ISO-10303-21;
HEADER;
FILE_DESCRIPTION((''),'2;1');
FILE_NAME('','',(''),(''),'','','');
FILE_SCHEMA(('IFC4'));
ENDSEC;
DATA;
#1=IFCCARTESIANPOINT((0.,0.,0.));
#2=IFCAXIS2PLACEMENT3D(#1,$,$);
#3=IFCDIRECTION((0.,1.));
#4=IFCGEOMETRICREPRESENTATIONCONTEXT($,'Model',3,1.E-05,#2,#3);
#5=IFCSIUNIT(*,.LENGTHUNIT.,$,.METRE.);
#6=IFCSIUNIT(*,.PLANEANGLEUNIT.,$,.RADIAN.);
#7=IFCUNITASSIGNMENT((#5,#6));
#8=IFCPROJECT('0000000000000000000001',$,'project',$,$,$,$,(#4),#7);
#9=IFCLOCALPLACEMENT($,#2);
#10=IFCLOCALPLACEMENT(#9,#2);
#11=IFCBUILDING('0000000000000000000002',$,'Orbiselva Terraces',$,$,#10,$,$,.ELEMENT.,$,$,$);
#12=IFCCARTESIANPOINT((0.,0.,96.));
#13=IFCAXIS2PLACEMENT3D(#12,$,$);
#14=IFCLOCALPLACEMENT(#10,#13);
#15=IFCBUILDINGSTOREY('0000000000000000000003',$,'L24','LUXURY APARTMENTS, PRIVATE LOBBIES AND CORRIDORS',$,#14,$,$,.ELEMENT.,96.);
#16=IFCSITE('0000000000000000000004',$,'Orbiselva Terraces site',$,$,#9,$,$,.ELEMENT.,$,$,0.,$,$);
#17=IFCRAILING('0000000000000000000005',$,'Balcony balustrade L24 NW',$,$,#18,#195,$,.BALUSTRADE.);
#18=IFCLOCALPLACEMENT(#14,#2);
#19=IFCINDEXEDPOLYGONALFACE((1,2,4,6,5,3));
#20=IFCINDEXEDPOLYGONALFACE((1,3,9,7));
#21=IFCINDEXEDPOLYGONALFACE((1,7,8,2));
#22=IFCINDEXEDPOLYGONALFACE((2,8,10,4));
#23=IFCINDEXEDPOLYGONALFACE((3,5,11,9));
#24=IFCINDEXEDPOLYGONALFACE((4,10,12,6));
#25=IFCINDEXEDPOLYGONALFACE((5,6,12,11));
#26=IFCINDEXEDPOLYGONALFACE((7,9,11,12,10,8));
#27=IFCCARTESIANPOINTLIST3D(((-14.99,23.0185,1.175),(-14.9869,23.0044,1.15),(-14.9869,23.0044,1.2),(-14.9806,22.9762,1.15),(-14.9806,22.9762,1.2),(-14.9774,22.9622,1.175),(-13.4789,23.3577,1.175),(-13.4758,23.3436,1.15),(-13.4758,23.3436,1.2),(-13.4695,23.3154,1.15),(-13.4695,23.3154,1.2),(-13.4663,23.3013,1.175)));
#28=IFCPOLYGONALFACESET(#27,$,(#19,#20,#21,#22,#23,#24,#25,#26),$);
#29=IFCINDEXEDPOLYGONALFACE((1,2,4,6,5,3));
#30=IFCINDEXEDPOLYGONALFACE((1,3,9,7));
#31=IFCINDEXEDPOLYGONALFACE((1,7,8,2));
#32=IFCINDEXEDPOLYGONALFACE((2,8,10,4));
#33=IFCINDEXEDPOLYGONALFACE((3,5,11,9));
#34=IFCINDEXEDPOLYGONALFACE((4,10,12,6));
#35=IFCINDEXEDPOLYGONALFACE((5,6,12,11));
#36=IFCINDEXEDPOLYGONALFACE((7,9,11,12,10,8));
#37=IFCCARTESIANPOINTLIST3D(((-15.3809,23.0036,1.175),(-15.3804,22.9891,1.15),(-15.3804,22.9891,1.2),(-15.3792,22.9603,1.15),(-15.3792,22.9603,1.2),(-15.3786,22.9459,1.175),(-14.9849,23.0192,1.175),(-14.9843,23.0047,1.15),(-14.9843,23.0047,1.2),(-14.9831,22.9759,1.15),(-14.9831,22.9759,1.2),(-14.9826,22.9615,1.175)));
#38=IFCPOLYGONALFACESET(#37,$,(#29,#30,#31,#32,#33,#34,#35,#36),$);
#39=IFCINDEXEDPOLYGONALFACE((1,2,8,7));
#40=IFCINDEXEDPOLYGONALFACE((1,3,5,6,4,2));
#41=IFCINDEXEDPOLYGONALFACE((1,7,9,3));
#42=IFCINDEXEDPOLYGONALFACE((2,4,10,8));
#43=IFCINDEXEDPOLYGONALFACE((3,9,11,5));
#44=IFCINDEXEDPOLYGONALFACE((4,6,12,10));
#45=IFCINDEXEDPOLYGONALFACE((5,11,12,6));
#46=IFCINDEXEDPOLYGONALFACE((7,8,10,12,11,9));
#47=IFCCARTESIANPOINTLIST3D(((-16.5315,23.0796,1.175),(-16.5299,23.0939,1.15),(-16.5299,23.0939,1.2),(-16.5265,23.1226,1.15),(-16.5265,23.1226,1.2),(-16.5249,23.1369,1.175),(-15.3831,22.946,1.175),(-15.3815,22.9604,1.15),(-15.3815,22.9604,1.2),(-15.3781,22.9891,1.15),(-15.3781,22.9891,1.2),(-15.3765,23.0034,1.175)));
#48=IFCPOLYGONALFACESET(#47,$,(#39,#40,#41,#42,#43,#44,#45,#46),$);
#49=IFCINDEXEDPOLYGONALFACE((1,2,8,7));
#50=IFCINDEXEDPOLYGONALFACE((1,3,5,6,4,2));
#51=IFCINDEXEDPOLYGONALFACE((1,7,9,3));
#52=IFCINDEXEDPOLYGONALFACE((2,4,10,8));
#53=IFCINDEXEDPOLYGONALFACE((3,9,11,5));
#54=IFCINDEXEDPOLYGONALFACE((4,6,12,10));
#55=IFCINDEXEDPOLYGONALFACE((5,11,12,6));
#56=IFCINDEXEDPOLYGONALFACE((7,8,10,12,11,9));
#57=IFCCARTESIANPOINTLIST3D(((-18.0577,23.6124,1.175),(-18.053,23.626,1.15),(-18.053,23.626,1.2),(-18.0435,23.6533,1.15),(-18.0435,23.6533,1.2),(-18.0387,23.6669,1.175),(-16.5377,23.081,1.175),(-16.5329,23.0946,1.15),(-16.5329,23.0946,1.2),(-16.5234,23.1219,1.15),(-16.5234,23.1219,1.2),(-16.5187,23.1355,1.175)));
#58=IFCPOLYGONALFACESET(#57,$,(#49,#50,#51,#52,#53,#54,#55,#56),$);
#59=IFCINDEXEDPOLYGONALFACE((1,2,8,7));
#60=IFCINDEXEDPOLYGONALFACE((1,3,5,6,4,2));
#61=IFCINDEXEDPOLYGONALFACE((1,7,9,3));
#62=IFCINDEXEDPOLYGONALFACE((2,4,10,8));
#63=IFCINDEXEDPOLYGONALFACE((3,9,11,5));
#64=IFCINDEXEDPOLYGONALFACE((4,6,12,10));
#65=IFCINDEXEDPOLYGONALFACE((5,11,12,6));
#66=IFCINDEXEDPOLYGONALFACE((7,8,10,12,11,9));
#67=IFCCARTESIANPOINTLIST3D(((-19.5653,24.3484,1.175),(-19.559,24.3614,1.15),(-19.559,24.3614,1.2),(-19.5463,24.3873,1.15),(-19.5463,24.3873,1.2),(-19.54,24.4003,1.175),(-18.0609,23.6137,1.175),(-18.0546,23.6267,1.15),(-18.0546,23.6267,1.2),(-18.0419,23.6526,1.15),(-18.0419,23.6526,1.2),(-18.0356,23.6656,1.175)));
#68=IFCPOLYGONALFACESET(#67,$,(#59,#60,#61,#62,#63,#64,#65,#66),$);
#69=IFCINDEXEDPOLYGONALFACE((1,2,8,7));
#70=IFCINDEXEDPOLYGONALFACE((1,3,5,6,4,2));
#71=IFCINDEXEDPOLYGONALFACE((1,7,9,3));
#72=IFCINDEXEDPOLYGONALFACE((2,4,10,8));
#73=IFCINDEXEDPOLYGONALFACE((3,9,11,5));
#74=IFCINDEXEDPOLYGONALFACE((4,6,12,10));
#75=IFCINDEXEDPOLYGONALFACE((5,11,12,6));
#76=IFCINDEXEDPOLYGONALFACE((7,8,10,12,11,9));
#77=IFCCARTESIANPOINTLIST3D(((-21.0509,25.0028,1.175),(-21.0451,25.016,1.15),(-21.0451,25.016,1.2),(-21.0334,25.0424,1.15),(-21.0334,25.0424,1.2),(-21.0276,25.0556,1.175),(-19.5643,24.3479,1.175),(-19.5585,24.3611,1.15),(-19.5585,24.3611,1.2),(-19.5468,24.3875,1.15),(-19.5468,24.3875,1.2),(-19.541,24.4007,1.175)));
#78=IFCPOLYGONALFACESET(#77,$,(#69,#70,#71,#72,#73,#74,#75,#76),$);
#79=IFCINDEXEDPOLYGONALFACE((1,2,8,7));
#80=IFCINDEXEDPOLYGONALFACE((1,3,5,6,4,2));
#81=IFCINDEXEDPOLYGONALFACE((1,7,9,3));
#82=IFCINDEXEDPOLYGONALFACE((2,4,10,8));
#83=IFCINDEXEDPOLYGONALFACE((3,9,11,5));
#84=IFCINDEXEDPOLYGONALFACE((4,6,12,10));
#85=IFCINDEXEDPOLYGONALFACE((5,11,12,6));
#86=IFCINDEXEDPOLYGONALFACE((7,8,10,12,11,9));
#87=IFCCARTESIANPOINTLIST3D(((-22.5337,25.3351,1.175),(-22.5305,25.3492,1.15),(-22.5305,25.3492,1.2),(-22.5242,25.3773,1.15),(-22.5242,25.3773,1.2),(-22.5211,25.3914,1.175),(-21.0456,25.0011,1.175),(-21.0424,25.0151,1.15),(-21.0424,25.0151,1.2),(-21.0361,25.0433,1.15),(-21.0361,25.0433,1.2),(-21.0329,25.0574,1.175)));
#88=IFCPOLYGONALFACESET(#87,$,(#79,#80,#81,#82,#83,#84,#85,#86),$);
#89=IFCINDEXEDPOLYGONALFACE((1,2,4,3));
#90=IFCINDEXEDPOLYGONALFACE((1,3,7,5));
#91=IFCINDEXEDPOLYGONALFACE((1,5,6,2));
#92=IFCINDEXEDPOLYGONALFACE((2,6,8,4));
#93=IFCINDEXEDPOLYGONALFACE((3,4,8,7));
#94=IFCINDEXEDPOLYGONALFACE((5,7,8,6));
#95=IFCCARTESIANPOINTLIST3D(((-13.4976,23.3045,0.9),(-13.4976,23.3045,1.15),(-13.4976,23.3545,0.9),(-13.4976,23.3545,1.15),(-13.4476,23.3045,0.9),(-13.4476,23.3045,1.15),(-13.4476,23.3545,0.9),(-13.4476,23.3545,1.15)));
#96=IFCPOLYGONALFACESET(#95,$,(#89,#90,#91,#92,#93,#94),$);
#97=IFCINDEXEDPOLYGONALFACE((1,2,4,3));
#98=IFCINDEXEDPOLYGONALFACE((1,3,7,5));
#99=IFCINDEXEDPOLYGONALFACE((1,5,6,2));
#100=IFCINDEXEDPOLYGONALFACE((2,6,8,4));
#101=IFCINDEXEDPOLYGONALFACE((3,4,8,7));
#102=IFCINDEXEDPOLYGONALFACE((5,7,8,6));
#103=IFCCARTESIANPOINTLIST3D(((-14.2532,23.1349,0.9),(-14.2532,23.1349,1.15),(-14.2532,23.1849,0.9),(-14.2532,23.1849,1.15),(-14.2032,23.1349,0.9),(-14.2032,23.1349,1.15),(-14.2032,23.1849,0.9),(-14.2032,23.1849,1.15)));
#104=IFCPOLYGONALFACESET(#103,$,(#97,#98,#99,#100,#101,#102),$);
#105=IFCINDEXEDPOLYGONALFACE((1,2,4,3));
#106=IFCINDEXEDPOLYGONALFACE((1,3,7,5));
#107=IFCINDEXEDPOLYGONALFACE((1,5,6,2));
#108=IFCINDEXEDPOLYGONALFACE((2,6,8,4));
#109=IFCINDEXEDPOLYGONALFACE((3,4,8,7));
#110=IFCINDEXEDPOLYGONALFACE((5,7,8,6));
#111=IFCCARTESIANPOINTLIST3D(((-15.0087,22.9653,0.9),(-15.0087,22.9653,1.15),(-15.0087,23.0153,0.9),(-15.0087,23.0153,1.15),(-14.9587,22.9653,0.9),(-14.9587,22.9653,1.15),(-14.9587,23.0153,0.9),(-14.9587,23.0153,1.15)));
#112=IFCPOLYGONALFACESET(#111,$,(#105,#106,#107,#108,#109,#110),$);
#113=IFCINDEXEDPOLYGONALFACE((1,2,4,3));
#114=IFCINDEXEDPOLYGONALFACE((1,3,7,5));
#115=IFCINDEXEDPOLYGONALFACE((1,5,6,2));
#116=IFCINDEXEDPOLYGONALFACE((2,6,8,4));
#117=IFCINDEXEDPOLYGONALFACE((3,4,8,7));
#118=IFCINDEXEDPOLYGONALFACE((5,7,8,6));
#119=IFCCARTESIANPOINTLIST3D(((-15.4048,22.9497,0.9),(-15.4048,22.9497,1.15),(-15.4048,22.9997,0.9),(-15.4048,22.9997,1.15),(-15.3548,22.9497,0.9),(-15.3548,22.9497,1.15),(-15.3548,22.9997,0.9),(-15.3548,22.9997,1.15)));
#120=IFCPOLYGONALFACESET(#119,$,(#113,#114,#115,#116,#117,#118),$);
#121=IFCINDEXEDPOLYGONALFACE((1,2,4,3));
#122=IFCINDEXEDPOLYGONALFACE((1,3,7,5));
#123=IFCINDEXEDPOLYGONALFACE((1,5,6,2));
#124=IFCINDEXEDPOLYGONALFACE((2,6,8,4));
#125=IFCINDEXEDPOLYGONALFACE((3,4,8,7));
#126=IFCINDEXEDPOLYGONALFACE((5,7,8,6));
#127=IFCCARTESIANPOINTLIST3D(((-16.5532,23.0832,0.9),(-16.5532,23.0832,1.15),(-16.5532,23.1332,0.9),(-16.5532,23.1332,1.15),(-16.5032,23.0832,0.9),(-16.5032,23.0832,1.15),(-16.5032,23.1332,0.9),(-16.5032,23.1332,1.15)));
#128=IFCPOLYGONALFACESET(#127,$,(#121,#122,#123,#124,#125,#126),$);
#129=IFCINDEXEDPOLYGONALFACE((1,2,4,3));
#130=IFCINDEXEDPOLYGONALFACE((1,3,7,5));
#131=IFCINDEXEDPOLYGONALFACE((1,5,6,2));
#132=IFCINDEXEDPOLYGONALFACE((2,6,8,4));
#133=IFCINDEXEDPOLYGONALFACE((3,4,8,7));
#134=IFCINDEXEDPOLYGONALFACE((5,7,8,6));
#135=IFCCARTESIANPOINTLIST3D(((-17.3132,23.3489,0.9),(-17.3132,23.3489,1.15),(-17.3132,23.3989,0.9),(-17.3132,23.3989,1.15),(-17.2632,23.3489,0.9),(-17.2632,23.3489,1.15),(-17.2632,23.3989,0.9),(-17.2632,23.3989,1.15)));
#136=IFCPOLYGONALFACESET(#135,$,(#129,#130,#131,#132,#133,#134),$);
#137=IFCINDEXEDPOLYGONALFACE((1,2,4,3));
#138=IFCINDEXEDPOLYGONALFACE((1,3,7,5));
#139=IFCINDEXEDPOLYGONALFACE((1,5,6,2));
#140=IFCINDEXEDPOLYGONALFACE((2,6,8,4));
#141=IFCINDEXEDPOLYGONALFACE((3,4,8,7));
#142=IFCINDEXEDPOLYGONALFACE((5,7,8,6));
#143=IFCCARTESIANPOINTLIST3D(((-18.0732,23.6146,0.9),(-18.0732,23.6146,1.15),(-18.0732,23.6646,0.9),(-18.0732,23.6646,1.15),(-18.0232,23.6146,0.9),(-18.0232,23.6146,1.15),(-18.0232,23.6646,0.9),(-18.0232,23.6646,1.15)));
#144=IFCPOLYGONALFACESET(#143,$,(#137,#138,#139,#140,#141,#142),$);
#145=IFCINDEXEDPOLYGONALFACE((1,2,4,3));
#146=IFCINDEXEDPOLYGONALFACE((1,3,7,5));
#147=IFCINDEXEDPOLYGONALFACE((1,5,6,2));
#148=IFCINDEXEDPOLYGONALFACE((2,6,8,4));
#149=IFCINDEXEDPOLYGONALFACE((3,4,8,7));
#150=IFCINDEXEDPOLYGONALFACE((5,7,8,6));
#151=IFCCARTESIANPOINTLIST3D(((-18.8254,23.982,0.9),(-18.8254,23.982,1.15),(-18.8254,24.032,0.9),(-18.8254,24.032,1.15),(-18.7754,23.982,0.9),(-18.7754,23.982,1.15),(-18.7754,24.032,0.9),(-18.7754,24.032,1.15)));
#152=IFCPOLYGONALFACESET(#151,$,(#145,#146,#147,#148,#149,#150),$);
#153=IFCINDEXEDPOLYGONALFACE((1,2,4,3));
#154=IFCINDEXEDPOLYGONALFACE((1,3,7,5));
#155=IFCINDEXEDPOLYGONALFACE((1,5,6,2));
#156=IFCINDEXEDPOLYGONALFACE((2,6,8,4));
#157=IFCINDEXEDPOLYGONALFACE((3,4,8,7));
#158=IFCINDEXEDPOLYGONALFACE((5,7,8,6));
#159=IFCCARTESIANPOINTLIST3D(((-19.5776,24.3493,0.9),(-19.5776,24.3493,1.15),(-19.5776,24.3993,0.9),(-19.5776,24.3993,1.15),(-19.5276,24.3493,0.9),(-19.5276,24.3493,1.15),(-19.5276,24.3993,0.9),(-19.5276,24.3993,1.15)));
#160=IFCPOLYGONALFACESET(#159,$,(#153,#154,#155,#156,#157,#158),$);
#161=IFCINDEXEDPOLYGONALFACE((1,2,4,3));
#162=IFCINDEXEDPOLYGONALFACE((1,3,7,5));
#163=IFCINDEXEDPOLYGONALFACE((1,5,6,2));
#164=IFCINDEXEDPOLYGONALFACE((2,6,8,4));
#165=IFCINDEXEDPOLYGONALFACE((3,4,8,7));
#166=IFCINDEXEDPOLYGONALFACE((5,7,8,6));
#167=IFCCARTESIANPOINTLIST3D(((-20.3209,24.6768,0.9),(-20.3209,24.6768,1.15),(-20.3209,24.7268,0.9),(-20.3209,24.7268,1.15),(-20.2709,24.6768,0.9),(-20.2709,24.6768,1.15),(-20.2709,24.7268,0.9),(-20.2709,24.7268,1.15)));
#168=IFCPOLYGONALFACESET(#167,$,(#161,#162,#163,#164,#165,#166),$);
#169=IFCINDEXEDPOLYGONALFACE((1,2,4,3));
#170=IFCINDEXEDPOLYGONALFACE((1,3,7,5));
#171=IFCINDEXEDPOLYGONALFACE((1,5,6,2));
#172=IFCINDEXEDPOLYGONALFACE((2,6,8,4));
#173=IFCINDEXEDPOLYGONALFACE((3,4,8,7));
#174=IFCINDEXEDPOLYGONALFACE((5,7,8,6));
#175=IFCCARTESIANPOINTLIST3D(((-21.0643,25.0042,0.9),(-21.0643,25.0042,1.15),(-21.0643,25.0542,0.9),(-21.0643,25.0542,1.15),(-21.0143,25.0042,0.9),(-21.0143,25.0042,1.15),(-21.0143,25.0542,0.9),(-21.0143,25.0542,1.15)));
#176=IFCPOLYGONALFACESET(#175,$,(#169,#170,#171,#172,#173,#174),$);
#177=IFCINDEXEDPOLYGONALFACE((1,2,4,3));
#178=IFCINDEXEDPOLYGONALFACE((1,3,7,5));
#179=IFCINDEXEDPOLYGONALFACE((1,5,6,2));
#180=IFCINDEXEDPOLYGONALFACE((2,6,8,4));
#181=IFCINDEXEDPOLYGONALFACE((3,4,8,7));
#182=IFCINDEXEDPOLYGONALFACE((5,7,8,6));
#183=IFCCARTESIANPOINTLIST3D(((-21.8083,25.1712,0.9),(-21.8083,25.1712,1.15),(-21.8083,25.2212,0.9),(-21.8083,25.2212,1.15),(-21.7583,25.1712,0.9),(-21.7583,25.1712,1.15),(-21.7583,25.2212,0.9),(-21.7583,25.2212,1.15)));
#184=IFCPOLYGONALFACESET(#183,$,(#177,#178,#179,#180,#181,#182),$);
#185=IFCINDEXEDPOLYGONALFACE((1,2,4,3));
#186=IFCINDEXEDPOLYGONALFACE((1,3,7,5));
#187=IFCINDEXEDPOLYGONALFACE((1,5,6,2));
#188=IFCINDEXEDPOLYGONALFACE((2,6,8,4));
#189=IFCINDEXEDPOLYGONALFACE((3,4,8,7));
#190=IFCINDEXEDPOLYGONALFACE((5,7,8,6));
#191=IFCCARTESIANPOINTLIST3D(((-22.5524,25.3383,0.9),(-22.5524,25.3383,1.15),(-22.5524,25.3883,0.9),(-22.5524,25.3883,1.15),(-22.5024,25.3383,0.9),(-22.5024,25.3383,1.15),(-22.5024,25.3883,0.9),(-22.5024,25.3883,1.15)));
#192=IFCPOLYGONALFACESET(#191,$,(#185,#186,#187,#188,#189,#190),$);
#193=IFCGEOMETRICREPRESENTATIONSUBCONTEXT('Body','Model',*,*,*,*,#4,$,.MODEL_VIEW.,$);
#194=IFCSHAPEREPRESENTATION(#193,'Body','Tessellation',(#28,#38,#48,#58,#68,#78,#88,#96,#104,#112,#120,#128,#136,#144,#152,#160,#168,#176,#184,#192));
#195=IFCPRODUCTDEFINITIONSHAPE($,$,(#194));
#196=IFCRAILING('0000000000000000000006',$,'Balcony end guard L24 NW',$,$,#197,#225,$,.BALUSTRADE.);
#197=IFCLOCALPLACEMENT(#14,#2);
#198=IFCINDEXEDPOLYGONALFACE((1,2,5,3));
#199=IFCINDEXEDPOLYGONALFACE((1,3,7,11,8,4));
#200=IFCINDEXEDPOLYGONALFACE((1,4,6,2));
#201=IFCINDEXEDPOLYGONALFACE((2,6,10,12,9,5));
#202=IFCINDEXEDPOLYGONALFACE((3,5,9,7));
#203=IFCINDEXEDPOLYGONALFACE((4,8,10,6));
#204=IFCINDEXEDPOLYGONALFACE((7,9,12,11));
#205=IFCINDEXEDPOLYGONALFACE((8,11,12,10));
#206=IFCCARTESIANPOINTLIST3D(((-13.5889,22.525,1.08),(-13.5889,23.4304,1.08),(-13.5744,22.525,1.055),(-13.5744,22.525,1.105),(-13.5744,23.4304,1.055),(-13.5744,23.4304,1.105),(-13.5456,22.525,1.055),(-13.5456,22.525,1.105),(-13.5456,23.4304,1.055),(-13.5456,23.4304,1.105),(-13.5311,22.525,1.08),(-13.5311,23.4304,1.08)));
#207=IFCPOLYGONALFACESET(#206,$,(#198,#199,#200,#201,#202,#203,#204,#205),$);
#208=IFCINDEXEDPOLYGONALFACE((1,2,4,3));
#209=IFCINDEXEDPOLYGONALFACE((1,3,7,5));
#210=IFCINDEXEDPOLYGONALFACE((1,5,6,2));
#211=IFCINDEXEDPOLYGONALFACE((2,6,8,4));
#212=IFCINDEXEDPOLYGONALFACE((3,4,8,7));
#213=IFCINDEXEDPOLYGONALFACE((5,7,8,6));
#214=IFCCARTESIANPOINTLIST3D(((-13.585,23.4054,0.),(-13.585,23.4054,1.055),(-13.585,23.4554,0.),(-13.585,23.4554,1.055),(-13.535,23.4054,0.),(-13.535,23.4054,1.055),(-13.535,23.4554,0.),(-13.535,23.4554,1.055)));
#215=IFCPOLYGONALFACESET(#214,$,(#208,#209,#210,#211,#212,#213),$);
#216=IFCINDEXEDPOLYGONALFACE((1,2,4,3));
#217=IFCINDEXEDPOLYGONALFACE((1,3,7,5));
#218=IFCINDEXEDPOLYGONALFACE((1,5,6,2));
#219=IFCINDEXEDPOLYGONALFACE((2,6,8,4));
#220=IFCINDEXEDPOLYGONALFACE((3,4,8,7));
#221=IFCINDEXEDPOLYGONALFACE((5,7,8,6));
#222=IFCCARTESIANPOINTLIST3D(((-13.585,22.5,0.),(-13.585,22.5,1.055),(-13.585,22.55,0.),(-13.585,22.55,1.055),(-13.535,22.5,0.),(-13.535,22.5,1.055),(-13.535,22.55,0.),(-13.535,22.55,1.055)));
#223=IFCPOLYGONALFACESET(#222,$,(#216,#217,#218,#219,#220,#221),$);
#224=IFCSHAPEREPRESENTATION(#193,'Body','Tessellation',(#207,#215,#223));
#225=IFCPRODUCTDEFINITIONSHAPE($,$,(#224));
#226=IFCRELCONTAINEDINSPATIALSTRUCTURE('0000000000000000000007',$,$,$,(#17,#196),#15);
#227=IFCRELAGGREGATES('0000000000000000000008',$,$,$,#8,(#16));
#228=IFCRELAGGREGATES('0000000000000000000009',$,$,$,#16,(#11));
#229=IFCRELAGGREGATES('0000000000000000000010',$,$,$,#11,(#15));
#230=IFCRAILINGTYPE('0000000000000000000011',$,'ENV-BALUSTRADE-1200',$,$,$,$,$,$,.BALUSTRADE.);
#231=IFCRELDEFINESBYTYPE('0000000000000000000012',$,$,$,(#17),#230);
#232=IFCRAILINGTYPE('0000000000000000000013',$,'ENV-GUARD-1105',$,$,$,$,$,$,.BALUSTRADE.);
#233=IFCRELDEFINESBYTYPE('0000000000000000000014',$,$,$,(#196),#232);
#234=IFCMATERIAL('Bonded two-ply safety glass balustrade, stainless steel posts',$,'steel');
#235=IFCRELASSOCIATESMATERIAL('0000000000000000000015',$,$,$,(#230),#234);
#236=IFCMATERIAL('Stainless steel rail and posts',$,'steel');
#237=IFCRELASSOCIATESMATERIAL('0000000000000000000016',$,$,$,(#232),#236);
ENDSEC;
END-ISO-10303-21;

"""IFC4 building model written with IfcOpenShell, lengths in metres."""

from ifc_helpers import new_model, si_unit, direction, frame, origin, origin_2d, place, context, subcontext, project, spatial, polyline, rectangle, outline, extrude, material, type_object, element, save


model = new_model("IFC4")

# Units and contexts
model_context = context("Model", 3, precision=1e-05, world=origin(), true_north=direction((0.0, 1.0)))
body_context = subcontext(model_context, "Body", "Model", "MODEL_VIEW")
ifc_project = project(units=[si_unit("LENGTHUNIT", "METRE"), si_unit("PLANEANGLEUNIT", "RADIAN")], contexts=[model_context])

# Site, building, storey
site_placement = place(None, origin())
site = spatial("IfcSite", under=ifc_project, at=site_placement, Name="Orbiselva Terraces site", CompositionType="ELEMENT", RefElevation=0.0)
building_placement = place(site_placement, origin())
building = spatial("IfcBuilding", under=site, at=building_placement, Name="Orbiselva Terraces", CompositionType="ELEMENT")
storey_placement = place(building_placement, frame((0.0, 0.0, 96.0)))
storey = spatial("IfcBuildingStorey", under=building, at=storey_placement, Name="L24", Description="LUXURY APARTMENTS, PRIVATE LOBBIES AND CORRIDORS", CompositionType="ELEMENT", Elevation=96.0)

# Railings
ifc_material_1 = material(Name="Bonded two-ply safety glass balustrade, stainless steel posts", Category="steel")
railing_type_1 = type_object("IfcRailingType", Name="ENV-BALUSTRADE-1200", PredefinedType="BALUSTRADE", material=ifc_material_1)
railing_1_placement = place(storey_placement, frame((-13.4726, 23.3295, 0.9)))
element("IfcRailing", 1, at=railing_1_placement, inside=storey, type_object=railing_type_1, Name="Balcony balustrade L24 NW", PredefinedType="BALUSTRADE", context=body_context, shape_type="SweptSolid", body=[
    extrude(outline(polyline([(0.0289, 0.0), (0.0144, 0.025), (-0.0144, 0.025), (-0.0289, 0.0), (-0.0144, -0.025), (0.0144, -0.025), (0.0289, 0.0)])), frame((0.0, 0.0, 0.275), z_axis=(-0.975721, -0.219015, 0.0), x_axis=(0.219015, -0.975721, 0.0)), (0.0, 0.0, 1.0), 1.5487),
    extrude(outline(polyline([(0.0289, 0.0), (0.0144, 0.025), (-0.0144, 0.025), (-0.0289, 0.0), (-0.0144, -0.025), (0.0144, -0.025), (0.0289, 0.0)])), frame((-1.5111, -0.3392, 0.275), z_axis=(-0.999225, -0.039369, 0.0), x_axis=(0.039369, -0.999225, 0.0)), (0.0, 0.0, 1.0), 0.3964),
    extrude(outline(polyline([(0.0289, 0.0), (0.0144, 0.025), (-0.0144, 0.025), (-0.0289, 0.0), (-0.0144, -0.025), (0.0144, -0.025), (0.0289, 0.0)])), frame((-1.9072, -0.3548, 0.275), z_axis=(-0.99331, 0.115482, 0.0), x_axis=(-0.115482, -0.99331, 0.0)), (0.0, 0.0, 1.0), 1.1561),
    extrude(outline(polyline([(0.0289, 0.0), (0.0144, 0.025), (-0.0144, 0.025), (-0.0289, 0.0), (-0.0144, -0.025), (0.0144, -0.025), (0.0289, 0.0)])), frame((-3.0556, -0.2213, 0.275), z_axis=(-0.943972, 0.330025, 0.0), x_axis=(-0.330025, -0.943972, 0.0)), (0.0, 0.0, 1.0), 1.6103),
    extrude(outline(polyline([(0.0289, 0.0), (0.0144, 0.025), (-0.0144, 0.025), (-0.0289, 0.0), (-0.0144, -0.025), (0.0144, -0.025), (0.0289, 0.0)])), frame((-4.5756, 0.3101, 0.275), z_axis=(-0.898579, 0.438812, 0.0), x_axis=(-0.438812, -0.898579, 0.0)), (0.0, 0.0, 1.0), 1.6742),
    extrude(outline(polyline([(0.0289, 0.0), (0.0144, 0.025), (-0.0144, 0.025), (-0.0289, 0.0), (-0.0144, -0.025), (0.0144, -0.025), (0.0289, 0.0)])), frame((-6.08, 1.0448, 0.275), z_axis=(-0.915133, 0.403151, 0.0), x_axis=(-0.403151, -0.915133, 0.0)), (0.0, 0.0, 1.0), 1.6245),
    extrude(outline(polyline([(0.0289, 0.0), (0.0144, 0.025), (-0.0144, 0.025), (-0.0289, 0.0), (-0.0144, -0.025), (0.0144, -0.025), (0.0289, 0.0)])), frame((-7.5666, 1.6997, 0.275), z_axis=(-0.975721, 0.219016, 0.0), x_axis=(-0.219016, -0.975721, 0.0)), (0.0, 0.0, 1.0), 1.5252),
    extrude(rectangle(XDim=0.05, YDim=0.05, at=origin_2d()), origin(), (0.0, 0.0, 1.0), 0.25),
    extrude(rectangle(XDim=0.05, YDim=0.05, at=origin_2d()), frame((-0.7555, -0.1696, 0.0)), (0.0, 0.0, 1.0), 0.25),
    extrude(rectangle(XDim=0.05, YDim=0.05, at=origin_2d()), frame((-1.5111, -0.3392, 0.0)), (0.0, 0.0, 1.0), 0.25),
    extrude(rectangle(XDim=0.05, YDim=0.05, at=origin_2d()), frame((-1.9072, -0.3548, 0.0)), (0.0, 0.0, 1.0), 0.25),
    extrude(rectangle(XDim=0.05, YDim=0.05, at=origin_2d()), frame((-3.0556, -0.2213, 0.0)), (0.0, 0.0, 1.0), 0.25),
    extrude(rectangle(XDim=0.05, YDim=0.05, at=origin_2d()), frame((-3.8156, 0.0444, 0.0)), (0.0, 0.0, 1.0), 0.25),
    extrude(rectangle(XDim=0.05, YDim=0.05, at=origin_2d()), frame((-4.5756, 0.3101, 0.0)), (0.0, 0.0, 1.0), 0.25),
    extrude(rectangle(XDim=0.05, YDim=0.05, at=origin_2d()), frame((-5.3278, 0.6775, 0.0)), (0.0, 0.0, 1.0), 0.25),
    extrude(rectangle(XDim=0.05, YDim=0.05, at=origin_2d()), frame((-6.08, 1.0448, 0.0)), (0.0, 0.0, 1.0), 0.25),
    extrude(rectangle(XDim=0.05, YDim=0.05, at=origin_2d()), frame((-6.8233, 1.3723, 0.0)), (0.0, 0.0, 1.0), 0.25),
    extrude(rectangle(XDim=0.05, YDim=0.05, at=origin_2d()), frame((-7.5666, 1.6997, 0.0)), (0.0, 0.0, 1.0), 0.25),
    extrude(rectangle(XDim=0.05, YDim=0.05, at=origin_2d()), frame((-8.3107, 1.8667, 0.0)), (0.0, 0.0, 1.0), 0.25),
    extrude(rectangle(XDim=0.05, YDim=0.05, at=origin_2d()), frame((-9.0548, 2.0338, 0.0)), (0.0, 0.0, 1.0), 0.25),
])
ifc_material_2 = material(Name="Stainless steel rail and posts", Category="steel")
railing_type_2 = type_object("IfcRailingType", Name="ENV-GUARD-1105", PredefinedType="BALUSTRADE", material=ifc_material_2)
railing_2_placement = place(storey_placement, frame((-13.56, 23.4304, 0.0)))
element("IfcRailing", 2, at=railing_2_placement, inside=storey, type_object=railing_type_2, Name="Balcony end guard L24 NW", PredefinedType="BALUSTRADE", context=body_context, shape_type="SweptSolid", body=[
    extrude(outline(polyline([(0.0289, 0.0), (0.0144, 0.025), (-0.0144, 0.025), (-0.0289, 0.0), (-0.0144, -0.025), (0.0144, -0.025), (0.0289, 0.0)])), frame((0.0, 0.0, 1.08), z_axis=(0.0, -1.0, 0.0), x_axis=(1.0, 0.0, 0.0)), (0.0, 0.0, 1.0), 0.9054),
    extrude(rectangle(XDim=0.05, YDim=0.05, at=origin_2d()), origin(), (0.0, 0.0, 1.0), 1.055),
    extrude(rectangle(XDim=0.05, YDim=0.05, at=origin_2d()), frame((0.0, -0.9054, 0.0)), (0.0, 0.0, 1.0), 1.055),
])

save(model, "model.ifc")
